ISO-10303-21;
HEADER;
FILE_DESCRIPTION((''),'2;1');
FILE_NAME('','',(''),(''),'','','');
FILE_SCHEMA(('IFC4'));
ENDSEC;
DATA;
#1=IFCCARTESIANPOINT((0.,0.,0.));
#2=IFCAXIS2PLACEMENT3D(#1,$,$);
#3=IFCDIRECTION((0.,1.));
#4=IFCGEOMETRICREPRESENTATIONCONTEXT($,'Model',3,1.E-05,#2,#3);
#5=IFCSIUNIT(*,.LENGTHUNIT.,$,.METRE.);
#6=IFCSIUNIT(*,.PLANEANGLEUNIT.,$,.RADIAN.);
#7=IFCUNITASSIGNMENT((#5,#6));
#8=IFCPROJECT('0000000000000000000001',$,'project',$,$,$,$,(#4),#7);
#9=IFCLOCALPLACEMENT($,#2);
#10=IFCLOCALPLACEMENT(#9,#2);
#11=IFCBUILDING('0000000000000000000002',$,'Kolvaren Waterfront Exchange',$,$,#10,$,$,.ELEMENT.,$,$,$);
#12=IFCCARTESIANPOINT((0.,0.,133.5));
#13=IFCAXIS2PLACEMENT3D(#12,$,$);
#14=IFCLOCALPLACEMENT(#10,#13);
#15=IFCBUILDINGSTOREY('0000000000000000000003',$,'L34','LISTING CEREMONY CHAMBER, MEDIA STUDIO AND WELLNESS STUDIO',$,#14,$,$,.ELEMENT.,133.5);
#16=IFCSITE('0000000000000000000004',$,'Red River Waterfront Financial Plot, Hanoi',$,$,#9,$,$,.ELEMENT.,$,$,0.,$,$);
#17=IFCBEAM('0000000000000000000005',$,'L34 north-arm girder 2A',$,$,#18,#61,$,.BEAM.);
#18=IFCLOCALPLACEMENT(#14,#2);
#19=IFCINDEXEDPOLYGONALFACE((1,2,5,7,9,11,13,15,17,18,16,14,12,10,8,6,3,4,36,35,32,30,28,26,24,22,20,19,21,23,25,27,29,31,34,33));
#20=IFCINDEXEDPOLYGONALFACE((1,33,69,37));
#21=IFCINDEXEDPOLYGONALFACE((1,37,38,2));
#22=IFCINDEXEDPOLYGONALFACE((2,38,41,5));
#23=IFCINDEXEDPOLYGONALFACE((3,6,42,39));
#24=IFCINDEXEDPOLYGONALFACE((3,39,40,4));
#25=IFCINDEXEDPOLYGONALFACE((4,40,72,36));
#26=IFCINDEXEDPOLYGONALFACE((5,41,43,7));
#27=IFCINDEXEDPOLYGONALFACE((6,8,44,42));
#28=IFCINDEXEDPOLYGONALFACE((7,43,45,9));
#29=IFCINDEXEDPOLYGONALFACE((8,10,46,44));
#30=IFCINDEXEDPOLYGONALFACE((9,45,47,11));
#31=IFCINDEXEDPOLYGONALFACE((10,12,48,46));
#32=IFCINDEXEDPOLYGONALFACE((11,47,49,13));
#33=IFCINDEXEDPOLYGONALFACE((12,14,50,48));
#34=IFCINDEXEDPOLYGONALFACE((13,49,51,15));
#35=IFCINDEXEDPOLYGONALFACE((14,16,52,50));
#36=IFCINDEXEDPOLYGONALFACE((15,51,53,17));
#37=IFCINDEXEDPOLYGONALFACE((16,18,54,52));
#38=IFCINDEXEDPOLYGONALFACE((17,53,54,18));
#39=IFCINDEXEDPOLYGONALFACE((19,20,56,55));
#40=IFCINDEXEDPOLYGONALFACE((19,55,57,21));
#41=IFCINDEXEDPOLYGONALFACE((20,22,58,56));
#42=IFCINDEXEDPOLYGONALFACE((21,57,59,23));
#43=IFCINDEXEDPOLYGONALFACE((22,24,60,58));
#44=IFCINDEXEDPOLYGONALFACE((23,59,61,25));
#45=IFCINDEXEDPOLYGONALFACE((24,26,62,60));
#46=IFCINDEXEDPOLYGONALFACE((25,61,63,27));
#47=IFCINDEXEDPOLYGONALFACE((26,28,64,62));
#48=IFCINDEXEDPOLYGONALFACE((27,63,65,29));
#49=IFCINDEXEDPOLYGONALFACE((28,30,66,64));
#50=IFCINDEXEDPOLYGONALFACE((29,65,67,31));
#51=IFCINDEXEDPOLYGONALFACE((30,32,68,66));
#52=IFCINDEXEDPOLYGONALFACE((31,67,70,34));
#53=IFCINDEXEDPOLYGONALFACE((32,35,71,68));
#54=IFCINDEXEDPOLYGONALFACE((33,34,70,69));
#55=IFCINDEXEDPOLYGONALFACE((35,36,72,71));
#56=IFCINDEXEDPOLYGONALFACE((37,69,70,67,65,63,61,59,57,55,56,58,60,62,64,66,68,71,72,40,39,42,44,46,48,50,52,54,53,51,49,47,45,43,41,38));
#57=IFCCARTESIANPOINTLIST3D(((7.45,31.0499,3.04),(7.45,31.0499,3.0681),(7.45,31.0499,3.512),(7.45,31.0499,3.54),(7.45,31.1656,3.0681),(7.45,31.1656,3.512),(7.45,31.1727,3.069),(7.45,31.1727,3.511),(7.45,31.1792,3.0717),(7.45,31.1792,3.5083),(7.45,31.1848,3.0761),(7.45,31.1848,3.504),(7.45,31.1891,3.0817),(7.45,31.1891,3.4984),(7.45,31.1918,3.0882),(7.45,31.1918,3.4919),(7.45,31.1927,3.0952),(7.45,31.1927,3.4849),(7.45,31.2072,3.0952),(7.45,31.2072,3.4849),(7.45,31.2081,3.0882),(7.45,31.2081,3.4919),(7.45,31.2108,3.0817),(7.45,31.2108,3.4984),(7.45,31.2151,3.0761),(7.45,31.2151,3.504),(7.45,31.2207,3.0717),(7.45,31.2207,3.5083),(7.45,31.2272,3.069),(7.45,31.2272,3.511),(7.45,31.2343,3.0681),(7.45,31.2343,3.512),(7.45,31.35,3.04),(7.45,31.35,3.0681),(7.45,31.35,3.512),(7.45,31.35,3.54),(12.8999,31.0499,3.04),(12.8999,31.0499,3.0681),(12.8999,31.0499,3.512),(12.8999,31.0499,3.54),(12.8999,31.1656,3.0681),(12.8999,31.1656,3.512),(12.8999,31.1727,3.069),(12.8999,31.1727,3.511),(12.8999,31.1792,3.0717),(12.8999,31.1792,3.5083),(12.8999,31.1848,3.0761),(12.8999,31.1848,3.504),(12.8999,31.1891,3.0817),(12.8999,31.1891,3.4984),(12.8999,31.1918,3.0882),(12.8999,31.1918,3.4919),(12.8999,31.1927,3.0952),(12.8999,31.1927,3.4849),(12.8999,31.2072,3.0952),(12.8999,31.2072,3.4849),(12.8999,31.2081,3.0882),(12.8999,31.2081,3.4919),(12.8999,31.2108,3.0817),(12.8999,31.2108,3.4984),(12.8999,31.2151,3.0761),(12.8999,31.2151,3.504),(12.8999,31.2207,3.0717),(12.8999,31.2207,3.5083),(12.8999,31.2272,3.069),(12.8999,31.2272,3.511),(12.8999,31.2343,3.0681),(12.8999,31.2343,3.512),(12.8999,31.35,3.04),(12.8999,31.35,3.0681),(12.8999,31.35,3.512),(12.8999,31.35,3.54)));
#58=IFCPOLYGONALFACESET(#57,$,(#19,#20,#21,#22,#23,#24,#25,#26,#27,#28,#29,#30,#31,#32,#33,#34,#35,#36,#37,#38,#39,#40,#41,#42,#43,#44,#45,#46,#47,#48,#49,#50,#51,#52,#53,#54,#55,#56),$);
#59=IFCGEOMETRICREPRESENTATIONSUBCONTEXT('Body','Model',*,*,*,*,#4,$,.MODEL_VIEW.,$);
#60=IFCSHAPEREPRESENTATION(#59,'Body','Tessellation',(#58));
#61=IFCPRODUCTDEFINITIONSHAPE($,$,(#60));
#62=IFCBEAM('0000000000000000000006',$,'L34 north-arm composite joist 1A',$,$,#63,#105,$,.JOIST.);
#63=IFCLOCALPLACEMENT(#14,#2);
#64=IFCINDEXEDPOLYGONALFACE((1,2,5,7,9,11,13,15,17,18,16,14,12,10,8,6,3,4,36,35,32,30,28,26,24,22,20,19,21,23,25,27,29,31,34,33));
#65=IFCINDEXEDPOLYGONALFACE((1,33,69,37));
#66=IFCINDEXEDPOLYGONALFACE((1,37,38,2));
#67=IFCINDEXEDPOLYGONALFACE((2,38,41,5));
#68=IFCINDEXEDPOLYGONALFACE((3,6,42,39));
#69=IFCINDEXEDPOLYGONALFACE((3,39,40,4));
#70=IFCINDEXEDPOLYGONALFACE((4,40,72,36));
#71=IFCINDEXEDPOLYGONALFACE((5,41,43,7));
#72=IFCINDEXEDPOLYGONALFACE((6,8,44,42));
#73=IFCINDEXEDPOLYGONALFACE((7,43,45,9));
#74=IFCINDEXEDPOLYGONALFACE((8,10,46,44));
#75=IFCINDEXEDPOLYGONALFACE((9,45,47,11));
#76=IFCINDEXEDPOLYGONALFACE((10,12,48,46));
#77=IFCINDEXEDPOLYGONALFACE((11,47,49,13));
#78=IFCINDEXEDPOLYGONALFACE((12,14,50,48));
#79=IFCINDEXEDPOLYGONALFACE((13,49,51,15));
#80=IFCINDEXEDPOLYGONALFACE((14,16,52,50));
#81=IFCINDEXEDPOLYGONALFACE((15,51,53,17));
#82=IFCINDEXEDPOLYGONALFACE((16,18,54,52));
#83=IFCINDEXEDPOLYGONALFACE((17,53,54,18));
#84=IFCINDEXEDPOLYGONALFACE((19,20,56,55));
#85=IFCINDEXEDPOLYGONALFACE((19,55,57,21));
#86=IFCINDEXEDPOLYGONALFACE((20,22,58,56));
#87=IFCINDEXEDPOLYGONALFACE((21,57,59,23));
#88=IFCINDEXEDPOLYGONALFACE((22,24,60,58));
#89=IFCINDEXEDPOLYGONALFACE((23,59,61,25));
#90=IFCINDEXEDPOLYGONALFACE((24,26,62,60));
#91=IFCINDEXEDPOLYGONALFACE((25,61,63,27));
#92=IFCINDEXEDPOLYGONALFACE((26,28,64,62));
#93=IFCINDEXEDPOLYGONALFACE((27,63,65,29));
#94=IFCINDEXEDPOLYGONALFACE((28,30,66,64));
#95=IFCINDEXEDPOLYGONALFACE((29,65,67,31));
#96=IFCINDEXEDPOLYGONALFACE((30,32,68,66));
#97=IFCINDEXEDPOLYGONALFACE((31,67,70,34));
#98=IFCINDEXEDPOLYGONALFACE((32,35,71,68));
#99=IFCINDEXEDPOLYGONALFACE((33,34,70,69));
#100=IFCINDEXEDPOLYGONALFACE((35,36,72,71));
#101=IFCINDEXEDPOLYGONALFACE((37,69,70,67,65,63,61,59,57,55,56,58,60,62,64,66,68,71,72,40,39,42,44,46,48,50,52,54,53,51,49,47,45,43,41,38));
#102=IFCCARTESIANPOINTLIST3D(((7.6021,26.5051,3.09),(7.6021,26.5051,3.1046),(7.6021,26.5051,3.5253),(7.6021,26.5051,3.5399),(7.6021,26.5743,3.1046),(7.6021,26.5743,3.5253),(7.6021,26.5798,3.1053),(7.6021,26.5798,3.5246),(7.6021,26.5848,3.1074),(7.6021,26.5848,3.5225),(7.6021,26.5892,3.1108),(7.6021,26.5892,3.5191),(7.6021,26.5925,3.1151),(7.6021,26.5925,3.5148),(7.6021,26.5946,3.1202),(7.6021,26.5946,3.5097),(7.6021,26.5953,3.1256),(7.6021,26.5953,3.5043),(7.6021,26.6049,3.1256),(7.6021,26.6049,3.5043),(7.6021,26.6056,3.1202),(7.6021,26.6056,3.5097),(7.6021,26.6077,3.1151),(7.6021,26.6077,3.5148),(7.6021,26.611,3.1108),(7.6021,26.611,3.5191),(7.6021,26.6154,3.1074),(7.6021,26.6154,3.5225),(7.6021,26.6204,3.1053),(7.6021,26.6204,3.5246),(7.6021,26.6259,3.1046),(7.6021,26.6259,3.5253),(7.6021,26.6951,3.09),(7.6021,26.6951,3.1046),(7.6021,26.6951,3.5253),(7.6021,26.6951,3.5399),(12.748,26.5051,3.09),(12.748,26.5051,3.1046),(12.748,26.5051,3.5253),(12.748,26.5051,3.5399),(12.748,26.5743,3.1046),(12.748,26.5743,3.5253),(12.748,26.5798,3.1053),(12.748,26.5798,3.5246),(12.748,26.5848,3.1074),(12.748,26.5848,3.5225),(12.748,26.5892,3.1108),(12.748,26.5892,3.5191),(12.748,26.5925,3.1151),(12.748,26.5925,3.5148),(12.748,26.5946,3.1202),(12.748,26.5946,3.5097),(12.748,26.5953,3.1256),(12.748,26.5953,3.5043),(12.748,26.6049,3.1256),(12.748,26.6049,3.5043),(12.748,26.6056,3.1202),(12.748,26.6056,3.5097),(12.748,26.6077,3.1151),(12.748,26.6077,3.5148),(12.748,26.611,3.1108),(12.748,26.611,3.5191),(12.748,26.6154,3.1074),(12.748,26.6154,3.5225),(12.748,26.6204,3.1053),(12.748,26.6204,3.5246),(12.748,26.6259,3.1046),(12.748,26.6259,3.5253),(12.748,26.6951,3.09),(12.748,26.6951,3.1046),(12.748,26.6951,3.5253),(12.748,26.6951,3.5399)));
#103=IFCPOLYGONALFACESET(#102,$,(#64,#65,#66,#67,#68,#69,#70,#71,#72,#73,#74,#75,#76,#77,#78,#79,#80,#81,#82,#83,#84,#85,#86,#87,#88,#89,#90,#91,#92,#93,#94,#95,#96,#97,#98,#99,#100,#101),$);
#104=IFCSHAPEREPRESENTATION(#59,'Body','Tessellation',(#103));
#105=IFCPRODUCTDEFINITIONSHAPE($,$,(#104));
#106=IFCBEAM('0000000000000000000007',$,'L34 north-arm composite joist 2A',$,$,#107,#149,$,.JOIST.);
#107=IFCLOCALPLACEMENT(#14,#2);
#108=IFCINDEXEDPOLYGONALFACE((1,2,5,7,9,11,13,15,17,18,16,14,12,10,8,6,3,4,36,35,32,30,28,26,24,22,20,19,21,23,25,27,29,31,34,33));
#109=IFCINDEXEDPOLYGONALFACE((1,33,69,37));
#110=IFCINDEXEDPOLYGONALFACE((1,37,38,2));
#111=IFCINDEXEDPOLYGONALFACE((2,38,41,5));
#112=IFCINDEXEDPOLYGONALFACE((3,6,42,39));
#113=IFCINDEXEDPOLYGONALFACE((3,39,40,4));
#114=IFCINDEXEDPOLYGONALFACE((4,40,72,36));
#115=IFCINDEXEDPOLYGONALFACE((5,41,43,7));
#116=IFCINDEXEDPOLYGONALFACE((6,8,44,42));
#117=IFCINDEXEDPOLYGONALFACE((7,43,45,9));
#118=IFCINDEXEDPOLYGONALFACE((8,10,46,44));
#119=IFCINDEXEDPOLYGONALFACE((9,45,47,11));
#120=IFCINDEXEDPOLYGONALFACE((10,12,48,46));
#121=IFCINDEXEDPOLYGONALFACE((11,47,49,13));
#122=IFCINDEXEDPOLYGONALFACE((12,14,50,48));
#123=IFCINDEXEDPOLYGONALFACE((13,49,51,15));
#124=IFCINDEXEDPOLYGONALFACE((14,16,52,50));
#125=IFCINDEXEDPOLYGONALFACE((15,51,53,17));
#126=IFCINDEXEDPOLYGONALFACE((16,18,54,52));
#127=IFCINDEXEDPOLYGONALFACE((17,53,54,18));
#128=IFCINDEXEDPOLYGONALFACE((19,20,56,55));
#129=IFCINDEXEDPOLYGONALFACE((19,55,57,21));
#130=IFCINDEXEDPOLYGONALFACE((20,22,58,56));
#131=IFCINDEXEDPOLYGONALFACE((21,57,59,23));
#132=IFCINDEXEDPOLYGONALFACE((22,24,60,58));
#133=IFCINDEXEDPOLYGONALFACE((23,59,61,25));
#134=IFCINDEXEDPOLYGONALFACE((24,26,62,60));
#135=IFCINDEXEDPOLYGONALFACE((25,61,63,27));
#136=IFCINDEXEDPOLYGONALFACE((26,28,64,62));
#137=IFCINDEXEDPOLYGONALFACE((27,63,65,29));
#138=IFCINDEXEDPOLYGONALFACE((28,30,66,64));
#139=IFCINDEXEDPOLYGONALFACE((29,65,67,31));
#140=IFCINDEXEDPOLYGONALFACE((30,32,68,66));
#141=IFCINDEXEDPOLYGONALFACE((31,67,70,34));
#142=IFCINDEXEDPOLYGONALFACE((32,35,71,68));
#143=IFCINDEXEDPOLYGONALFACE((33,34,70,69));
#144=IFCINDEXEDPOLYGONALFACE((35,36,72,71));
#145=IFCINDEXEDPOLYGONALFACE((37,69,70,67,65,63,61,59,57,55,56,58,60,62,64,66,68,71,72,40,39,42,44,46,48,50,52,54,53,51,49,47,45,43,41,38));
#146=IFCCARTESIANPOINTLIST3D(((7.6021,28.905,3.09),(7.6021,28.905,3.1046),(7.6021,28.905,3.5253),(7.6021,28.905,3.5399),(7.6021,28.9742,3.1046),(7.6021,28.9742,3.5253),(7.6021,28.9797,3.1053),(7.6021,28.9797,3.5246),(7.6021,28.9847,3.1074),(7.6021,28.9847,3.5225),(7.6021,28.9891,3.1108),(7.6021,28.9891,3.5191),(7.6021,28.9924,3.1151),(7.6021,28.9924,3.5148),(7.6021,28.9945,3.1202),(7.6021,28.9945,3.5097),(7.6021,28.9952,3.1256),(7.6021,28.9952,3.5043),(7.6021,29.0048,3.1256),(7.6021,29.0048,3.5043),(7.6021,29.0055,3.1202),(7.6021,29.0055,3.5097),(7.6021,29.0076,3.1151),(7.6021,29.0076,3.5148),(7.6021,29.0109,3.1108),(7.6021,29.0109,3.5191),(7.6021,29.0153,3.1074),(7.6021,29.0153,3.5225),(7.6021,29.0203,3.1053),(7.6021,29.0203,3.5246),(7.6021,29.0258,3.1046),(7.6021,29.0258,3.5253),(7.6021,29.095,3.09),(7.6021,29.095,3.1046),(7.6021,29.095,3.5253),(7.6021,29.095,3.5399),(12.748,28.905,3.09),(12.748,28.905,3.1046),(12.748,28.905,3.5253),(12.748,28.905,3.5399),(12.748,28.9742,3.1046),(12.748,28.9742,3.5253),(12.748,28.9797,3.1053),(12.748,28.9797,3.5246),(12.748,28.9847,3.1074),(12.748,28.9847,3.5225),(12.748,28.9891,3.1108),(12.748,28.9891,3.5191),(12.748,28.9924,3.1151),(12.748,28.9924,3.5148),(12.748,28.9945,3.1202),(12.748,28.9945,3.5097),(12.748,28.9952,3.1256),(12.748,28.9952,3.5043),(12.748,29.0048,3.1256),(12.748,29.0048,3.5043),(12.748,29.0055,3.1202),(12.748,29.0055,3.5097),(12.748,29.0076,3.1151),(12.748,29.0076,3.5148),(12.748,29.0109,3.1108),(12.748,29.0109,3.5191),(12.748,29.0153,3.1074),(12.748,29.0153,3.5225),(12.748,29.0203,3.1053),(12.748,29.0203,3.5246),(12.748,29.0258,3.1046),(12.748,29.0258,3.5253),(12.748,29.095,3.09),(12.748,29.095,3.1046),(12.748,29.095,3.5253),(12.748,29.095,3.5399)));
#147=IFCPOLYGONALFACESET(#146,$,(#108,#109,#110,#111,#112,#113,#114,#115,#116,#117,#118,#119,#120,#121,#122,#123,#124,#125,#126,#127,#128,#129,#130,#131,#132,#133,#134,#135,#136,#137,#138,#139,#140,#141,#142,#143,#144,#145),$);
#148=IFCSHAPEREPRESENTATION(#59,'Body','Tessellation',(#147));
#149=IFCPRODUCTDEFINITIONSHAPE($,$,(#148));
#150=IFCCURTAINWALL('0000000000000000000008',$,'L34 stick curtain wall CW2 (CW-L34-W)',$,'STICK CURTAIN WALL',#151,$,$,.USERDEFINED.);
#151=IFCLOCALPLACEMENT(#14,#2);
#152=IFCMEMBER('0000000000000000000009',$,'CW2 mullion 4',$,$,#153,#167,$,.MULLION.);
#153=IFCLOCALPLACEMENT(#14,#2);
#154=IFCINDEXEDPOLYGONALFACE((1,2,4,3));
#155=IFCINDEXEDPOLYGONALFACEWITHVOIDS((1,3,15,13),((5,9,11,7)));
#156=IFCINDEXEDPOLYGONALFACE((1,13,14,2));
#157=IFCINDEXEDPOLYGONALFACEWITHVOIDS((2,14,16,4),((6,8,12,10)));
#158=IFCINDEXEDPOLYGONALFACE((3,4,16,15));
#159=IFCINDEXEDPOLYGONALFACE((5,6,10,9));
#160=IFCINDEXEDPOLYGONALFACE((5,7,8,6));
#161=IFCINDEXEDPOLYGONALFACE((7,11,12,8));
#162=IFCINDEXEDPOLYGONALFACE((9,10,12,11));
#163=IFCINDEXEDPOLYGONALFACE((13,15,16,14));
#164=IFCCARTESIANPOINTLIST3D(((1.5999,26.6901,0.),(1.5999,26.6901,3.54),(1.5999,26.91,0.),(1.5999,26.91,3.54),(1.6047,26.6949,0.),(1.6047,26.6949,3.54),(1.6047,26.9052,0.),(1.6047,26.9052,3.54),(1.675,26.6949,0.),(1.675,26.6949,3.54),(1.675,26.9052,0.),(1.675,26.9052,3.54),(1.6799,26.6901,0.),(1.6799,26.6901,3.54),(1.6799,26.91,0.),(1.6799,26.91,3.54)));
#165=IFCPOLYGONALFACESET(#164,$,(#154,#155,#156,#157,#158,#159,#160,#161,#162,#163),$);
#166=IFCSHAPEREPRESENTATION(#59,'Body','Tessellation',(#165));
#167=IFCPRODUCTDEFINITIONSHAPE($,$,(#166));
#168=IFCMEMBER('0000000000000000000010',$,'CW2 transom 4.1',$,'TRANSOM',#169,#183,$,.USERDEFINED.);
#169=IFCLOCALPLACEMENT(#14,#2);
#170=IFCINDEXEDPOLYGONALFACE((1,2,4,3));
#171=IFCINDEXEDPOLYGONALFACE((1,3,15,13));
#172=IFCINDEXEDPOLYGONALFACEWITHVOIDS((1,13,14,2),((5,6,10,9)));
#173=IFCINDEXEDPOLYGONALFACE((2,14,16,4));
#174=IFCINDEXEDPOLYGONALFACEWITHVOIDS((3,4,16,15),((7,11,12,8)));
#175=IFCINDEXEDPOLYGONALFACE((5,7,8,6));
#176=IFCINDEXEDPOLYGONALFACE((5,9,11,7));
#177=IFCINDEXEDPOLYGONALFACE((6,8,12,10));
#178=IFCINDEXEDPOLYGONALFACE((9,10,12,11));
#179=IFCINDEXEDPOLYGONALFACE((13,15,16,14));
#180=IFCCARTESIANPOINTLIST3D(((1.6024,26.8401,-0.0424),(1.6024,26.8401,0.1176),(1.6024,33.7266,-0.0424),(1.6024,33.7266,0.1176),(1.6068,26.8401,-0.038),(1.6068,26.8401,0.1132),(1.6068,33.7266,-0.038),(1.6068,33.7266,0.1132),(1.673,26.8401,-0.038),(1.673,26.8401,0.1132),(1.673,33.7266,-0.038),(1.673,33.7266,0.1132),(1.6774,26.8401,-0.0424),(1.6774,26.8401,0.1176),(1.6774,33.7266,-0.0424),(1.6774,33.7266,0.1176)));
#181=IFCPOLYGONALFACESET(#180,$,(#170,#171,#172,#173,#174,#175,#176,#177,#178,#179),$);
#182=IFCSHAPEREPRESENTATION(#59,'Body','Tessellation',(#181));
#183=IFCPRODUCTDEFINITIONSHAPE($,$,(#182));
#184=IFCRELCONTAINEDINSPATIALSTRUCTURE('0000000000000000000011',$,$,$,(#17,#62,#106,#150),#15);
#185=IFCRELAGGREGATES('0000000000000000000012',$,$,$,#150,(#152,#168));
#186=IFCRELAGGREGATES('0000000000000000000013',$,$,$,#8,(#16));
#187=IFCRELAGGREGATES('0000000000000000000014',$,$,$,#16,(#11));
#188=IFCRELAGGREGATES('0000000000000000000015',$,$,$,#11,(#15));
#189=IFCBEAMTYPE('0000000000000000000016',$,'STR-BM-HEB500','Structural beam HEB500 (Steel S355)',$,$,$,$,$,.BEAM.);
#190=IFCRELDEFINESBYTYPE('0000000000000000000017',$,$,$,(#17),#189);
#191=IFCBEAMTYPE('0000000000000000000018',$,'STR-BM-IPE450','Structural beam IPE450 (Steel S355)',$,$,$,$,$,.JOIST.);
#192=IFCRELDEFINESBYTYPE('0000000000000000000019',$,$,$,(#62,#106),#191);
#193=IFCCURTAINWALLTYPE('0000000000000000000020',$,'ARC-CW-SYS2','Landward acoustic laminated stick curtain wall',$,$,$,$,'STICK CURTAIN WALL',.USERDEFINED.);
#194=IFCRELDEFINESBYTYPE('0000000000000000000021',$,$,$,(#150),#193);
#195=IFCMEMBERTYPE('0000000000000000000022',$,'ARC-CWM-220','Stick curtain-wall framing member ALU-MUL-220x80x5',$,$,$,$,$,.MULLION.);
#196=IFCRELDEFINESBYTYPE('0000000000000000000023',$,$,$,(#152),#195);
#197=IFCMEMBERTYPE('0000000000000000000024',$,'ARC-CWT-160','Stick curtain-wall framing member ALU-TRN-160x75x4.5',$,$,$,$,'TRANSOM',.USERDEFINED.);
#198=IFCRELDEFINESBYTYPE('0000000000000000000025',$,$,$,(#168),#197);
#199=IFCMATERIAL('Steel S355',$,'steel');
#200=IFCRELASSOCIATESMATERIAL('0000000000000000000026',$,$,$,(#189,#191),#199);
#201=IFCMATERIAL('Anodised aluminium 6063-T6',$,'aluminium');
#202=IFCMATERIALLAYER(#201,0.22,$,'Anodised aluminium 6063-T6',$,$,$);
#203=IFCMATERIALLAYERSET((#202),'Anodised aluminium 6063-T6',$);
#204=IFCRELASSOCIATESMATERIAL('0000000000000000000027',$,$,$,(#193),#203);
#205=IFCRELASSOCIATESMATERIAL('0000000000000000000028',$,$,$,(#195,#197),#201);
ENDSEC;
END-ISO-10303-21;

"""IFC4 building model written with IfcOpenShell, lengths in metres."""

from ifc_helpers import new_model, si_unit, direction, frame, origin, origin_with_axes, origin_2d, place, context, subcontext, project, spatial, hollow_rectangle, i_section, extrude, source, transform, mapped, material, layer, layer_set, material_profile, profile_set, type_object, element, aggregate, save


model = new_model("IFC4")

# Units and contexts
model_context = context("Model", 3, precision=1e-05, world=origin(), true_north=direction((0.0, 1.0)))
body_context = subcontext(model_context, "Body", "Model", "MODEL_VIEW")
ifc_project = project(units=[si_unit("LENGTHUNIT", "METRE"), si_unit("PLANEANGLEUNIT", "RADIAN")], contexts=[model_context])

# Site, building, storey
site_placement = place(None, origin())
site = spatial("IfcSite", under=ifc_project, at=site_placement, Name="Red River Waterfront Financial Plot, Hanoi", CompositionType="ELEMENT", RefElevation=0.0)
building_placement = place(site_placement, origin())
building = spatial("IfcBuilding", under=site, at=building_placement, Name="Kolvaren Waterfront Exchange", CompositionType="ELEMENT")
storey_placement = place(building_placement, frame((0.0, 0.0, 133.5)))
storey = spatial("IfcBuildingStorey", under=building, at=storey_placement, Name="L34", Description="LISTING CEREMONY CHAMBER, MEDIA STUDIO AND WELLNESS STUDIO", CompositionType="ELEMENT", Elevation=133.5)

# Beams
ifc_material_1 = material(Name="Steel S355", Category="steel")
ifc_material_profile_1 = material_profile(ifc_material_1, i_section(OverallWidth=0.3, OverallDepth=0.5, WebThickness=0.0144, FlangeThickness=0.0281, FilletRadius=0.0271, at=origin_2d()), Name="HEB500")
ifc_profile_set_1 = profile_set([ifc_material_profile_1], Name="Steel S355")
beam_type_1 = type_object("IfcBeamType", Name="STR-BM-HEB500", Description="Structural beam HEB500 (Steel S355)", PredefinedType="BEAM", material=ifc_profile_set_1)
for number, where, z_axis, x_axis, name in (
    (1, (7.45, 31.2, 3.29), (1.0, 0.0, 0.0), (0.0, 1.0, 0.0), "L34 north-arm girder 2A"),
):
    element("IfcBeam", number, at=place(storey_placement, frame(where, z_axis=z_axis, x_axis=x_axis)), inside=storey, type_object=beam_type_1, Name=name, PredefinedType="BEAM", context=body_context, shape_type="SweptSolid", body=[
        extrude(i_section(OverallWidth=0.3, OverallDepth=0.5, WebThickness=0.0144, FlangeThickness=0.0281, FilletRadius=0.0271, at=origin_2d()), origin(), (0.0, 0.0, 1.0), 5.45),
    ])
ifc_material_profile_2 = material_profile(ifc_material_1, i_section(OverallWidth=0.1899, OverallDepth=0.45, WebThickness=0.0095, FlangeThickness=0.0146, FilletRadius=0.021, at=origin_2d()), Name="IPE450")
ifc_profile_set_2 = profile_set([ifc_material_profile_2], Name="Steel S355")
beam_type_2 = type_object("IfcBeamType", Name="STR-BM-IPE450", Description="Structural beam IPE450 (Steel S355)", PredefinedType="JOIST", material=ifc_profile_set_2)
for number, where, z_axis, x_axis, name in (
    (2, (7.6021, 26.6001, 3.3149), (1.0, 0.0, 0.0), (0.0, 1.0, 0.0), "L34 north-arm composite joist 1A"),
    (3, (7.6021, 29.0, 3.3149), (1.0, 0.0, 0.0), (0.0, 1.0, 0.0), "L34 north-arm composite joist 2A"),
):
    element("IfcBeam", number, at=place(storey_placement, frame(where, z_axis=z_axis, x_axis=x_axis)), inside=storey, type_object=beam_type_2, Name=name, PredefinedType="JOIST", context=body_context, shape_type="SweptSolid", body=[
        extrude(i_section(OverallWidth=0.1899, OverallDepth=0.45, WebThickness=0.0095, FlangeThickness=0.0146, FilletRadius=0.021, at=origin_2d()), origin(), (0.0, 0.0, 1.0), 5.146),
    ])

# Curtain wall, members
ifc_material_2 = material(Name="Anodised aluminium 6063-T6", Category="aluminium")
ifc_layer_1 = layer(ifc_material_2, 0.22, Name="Anodised aluminium 6063-T6")
ifc_layer_set_1 = layer_set([ifc_layer_1], Name="Anodised aluminium 6063-T6")
curtain_wall_type = type_object("IfcCurtainWallType", Name="ARC-CW-SYS2", Description="Landward acoustic laminated stick curtain wall", ElementType="STICK CURTAIN WALL", PredefinedType="USERDEFINED", material=ifc_layer_set_1)
curtain_wall_placement = place(storey_placement, origin())
curtain_wall = element("IfcCurtainWall", 4, at=curtain_wall_placement, inside=storey, type_object=curtain_wall_type, Name="L34 stick curtain wall CW2 (CW-L34-W)", ObjectType="STICK CURTAIN WALL", PredefinedType="USERDEFINED")
ifc_material_profile_3 = material_profile(ifc_material_2, hollow_rectangle(XDim=0.0801, YDim=0.22, WallThickness=0.0049, at=origin_2d()), Name="ALU-MUL-220x80x5")
ifc_profile_set_3 = profile_set([ifc_material_profile_3], Name="Anodised aluminium 6063-T6")
member_type_1 = type_object("IfcMemberType", Name="ARC-CWM-220", Description="Stick curtain-wall framing member ALU-MUL-220x80x5", PredefinedType="MULLION", material=ifc_profile_set_3)
shared_shape_1 = source(origin_with_axes(), body_context, "Body", "SweptSolid", [
    extrude(hollow_rectangle(XDim=0.0801, YDim=0.22, WallThickness=0.0049, at=origin_2d()), origin(), (0.0, 0.0, 1.0), 3.54),
])
member_1_placement = place(storey_placement, frame((1.6399, 26.8, 0.0), z_axis=(0.0, 0.0, 1.0), x_axis=(-1.0, 0.0, 0.0)))
member_1 = element("IfcMember", 5, at=member_1_placement, type_object=member_type_1, Name="CW2 mullion 4", PredefinedType="MULLION", context=body_context, shape_type="MappedRepresentation", body=[
    mapped(shared_shape_1, transform((0.0, 0.0, 0.0), x_axis=(1.0, 0.0, 0.0), y_axis=(0.0, 1.0, 0.0), z_axis=(0.0, 0.0, 1.0), scale=1.0)),
])
ifc_material_profile_4 = material_profile(ifc_material_2, hollow_rectangle(XDim=0.075, YDim=0.1599, WallThickness=0.0044, at=origin_2d()), Name="ALU-TRN-160x75x4.5")
ifc_profile_set_4 = profile_set([ifc_material_profile_4], Name="Anodised aluminium 6063-T6")
member_type_2 = type_object("IfcMemberType", Name="ARC-CWT-160", Description="Stick curtain-wall framing member ALU-TRN-160x75x4.5", ElementType="TRANSOM", PredefinedType="USERDEFINED", material=ifc_profile_set_4)
shared_shape_2 = source(origin_with_axes(), body_context, "Body", "SweptSolid", [
    extrude(hollow_rectangle(XDim=0.075, YDim=0.1599, WallThickness=0.0044, at=origin_2d()), origin(), (0.0, 0.0, 1.0), 6.8865),
])
member_2_placement = place(storey_placement, frame((1.6399, 26.8401, 0.0376), z_axis=(0.0, 1.0, 0.0), x_axis=(-1.0, 0.0, 0.0)))
member_2 = element("IfcMember", 6, at=member_2_placement, type_object=member_type_2, Name="CW2 transom 4.1", ObjectType="TRANSOM", PredefinedType="USERDEFINED", context=body_context, shape_type="MappedRepresentation", body=[
    mapped(shared_shape_2, transform((0.0, 0.0, 0.0), x_axis=(1.0, 0.0, 0.0), y_axis=(0.0, 1.0, 0.0), z_axis=(0.0, 0.0, 1.0), scale=1.0)),
])
aggregate(curtain_wall, [member_1, member_2])

save(model, "model.ifc")
